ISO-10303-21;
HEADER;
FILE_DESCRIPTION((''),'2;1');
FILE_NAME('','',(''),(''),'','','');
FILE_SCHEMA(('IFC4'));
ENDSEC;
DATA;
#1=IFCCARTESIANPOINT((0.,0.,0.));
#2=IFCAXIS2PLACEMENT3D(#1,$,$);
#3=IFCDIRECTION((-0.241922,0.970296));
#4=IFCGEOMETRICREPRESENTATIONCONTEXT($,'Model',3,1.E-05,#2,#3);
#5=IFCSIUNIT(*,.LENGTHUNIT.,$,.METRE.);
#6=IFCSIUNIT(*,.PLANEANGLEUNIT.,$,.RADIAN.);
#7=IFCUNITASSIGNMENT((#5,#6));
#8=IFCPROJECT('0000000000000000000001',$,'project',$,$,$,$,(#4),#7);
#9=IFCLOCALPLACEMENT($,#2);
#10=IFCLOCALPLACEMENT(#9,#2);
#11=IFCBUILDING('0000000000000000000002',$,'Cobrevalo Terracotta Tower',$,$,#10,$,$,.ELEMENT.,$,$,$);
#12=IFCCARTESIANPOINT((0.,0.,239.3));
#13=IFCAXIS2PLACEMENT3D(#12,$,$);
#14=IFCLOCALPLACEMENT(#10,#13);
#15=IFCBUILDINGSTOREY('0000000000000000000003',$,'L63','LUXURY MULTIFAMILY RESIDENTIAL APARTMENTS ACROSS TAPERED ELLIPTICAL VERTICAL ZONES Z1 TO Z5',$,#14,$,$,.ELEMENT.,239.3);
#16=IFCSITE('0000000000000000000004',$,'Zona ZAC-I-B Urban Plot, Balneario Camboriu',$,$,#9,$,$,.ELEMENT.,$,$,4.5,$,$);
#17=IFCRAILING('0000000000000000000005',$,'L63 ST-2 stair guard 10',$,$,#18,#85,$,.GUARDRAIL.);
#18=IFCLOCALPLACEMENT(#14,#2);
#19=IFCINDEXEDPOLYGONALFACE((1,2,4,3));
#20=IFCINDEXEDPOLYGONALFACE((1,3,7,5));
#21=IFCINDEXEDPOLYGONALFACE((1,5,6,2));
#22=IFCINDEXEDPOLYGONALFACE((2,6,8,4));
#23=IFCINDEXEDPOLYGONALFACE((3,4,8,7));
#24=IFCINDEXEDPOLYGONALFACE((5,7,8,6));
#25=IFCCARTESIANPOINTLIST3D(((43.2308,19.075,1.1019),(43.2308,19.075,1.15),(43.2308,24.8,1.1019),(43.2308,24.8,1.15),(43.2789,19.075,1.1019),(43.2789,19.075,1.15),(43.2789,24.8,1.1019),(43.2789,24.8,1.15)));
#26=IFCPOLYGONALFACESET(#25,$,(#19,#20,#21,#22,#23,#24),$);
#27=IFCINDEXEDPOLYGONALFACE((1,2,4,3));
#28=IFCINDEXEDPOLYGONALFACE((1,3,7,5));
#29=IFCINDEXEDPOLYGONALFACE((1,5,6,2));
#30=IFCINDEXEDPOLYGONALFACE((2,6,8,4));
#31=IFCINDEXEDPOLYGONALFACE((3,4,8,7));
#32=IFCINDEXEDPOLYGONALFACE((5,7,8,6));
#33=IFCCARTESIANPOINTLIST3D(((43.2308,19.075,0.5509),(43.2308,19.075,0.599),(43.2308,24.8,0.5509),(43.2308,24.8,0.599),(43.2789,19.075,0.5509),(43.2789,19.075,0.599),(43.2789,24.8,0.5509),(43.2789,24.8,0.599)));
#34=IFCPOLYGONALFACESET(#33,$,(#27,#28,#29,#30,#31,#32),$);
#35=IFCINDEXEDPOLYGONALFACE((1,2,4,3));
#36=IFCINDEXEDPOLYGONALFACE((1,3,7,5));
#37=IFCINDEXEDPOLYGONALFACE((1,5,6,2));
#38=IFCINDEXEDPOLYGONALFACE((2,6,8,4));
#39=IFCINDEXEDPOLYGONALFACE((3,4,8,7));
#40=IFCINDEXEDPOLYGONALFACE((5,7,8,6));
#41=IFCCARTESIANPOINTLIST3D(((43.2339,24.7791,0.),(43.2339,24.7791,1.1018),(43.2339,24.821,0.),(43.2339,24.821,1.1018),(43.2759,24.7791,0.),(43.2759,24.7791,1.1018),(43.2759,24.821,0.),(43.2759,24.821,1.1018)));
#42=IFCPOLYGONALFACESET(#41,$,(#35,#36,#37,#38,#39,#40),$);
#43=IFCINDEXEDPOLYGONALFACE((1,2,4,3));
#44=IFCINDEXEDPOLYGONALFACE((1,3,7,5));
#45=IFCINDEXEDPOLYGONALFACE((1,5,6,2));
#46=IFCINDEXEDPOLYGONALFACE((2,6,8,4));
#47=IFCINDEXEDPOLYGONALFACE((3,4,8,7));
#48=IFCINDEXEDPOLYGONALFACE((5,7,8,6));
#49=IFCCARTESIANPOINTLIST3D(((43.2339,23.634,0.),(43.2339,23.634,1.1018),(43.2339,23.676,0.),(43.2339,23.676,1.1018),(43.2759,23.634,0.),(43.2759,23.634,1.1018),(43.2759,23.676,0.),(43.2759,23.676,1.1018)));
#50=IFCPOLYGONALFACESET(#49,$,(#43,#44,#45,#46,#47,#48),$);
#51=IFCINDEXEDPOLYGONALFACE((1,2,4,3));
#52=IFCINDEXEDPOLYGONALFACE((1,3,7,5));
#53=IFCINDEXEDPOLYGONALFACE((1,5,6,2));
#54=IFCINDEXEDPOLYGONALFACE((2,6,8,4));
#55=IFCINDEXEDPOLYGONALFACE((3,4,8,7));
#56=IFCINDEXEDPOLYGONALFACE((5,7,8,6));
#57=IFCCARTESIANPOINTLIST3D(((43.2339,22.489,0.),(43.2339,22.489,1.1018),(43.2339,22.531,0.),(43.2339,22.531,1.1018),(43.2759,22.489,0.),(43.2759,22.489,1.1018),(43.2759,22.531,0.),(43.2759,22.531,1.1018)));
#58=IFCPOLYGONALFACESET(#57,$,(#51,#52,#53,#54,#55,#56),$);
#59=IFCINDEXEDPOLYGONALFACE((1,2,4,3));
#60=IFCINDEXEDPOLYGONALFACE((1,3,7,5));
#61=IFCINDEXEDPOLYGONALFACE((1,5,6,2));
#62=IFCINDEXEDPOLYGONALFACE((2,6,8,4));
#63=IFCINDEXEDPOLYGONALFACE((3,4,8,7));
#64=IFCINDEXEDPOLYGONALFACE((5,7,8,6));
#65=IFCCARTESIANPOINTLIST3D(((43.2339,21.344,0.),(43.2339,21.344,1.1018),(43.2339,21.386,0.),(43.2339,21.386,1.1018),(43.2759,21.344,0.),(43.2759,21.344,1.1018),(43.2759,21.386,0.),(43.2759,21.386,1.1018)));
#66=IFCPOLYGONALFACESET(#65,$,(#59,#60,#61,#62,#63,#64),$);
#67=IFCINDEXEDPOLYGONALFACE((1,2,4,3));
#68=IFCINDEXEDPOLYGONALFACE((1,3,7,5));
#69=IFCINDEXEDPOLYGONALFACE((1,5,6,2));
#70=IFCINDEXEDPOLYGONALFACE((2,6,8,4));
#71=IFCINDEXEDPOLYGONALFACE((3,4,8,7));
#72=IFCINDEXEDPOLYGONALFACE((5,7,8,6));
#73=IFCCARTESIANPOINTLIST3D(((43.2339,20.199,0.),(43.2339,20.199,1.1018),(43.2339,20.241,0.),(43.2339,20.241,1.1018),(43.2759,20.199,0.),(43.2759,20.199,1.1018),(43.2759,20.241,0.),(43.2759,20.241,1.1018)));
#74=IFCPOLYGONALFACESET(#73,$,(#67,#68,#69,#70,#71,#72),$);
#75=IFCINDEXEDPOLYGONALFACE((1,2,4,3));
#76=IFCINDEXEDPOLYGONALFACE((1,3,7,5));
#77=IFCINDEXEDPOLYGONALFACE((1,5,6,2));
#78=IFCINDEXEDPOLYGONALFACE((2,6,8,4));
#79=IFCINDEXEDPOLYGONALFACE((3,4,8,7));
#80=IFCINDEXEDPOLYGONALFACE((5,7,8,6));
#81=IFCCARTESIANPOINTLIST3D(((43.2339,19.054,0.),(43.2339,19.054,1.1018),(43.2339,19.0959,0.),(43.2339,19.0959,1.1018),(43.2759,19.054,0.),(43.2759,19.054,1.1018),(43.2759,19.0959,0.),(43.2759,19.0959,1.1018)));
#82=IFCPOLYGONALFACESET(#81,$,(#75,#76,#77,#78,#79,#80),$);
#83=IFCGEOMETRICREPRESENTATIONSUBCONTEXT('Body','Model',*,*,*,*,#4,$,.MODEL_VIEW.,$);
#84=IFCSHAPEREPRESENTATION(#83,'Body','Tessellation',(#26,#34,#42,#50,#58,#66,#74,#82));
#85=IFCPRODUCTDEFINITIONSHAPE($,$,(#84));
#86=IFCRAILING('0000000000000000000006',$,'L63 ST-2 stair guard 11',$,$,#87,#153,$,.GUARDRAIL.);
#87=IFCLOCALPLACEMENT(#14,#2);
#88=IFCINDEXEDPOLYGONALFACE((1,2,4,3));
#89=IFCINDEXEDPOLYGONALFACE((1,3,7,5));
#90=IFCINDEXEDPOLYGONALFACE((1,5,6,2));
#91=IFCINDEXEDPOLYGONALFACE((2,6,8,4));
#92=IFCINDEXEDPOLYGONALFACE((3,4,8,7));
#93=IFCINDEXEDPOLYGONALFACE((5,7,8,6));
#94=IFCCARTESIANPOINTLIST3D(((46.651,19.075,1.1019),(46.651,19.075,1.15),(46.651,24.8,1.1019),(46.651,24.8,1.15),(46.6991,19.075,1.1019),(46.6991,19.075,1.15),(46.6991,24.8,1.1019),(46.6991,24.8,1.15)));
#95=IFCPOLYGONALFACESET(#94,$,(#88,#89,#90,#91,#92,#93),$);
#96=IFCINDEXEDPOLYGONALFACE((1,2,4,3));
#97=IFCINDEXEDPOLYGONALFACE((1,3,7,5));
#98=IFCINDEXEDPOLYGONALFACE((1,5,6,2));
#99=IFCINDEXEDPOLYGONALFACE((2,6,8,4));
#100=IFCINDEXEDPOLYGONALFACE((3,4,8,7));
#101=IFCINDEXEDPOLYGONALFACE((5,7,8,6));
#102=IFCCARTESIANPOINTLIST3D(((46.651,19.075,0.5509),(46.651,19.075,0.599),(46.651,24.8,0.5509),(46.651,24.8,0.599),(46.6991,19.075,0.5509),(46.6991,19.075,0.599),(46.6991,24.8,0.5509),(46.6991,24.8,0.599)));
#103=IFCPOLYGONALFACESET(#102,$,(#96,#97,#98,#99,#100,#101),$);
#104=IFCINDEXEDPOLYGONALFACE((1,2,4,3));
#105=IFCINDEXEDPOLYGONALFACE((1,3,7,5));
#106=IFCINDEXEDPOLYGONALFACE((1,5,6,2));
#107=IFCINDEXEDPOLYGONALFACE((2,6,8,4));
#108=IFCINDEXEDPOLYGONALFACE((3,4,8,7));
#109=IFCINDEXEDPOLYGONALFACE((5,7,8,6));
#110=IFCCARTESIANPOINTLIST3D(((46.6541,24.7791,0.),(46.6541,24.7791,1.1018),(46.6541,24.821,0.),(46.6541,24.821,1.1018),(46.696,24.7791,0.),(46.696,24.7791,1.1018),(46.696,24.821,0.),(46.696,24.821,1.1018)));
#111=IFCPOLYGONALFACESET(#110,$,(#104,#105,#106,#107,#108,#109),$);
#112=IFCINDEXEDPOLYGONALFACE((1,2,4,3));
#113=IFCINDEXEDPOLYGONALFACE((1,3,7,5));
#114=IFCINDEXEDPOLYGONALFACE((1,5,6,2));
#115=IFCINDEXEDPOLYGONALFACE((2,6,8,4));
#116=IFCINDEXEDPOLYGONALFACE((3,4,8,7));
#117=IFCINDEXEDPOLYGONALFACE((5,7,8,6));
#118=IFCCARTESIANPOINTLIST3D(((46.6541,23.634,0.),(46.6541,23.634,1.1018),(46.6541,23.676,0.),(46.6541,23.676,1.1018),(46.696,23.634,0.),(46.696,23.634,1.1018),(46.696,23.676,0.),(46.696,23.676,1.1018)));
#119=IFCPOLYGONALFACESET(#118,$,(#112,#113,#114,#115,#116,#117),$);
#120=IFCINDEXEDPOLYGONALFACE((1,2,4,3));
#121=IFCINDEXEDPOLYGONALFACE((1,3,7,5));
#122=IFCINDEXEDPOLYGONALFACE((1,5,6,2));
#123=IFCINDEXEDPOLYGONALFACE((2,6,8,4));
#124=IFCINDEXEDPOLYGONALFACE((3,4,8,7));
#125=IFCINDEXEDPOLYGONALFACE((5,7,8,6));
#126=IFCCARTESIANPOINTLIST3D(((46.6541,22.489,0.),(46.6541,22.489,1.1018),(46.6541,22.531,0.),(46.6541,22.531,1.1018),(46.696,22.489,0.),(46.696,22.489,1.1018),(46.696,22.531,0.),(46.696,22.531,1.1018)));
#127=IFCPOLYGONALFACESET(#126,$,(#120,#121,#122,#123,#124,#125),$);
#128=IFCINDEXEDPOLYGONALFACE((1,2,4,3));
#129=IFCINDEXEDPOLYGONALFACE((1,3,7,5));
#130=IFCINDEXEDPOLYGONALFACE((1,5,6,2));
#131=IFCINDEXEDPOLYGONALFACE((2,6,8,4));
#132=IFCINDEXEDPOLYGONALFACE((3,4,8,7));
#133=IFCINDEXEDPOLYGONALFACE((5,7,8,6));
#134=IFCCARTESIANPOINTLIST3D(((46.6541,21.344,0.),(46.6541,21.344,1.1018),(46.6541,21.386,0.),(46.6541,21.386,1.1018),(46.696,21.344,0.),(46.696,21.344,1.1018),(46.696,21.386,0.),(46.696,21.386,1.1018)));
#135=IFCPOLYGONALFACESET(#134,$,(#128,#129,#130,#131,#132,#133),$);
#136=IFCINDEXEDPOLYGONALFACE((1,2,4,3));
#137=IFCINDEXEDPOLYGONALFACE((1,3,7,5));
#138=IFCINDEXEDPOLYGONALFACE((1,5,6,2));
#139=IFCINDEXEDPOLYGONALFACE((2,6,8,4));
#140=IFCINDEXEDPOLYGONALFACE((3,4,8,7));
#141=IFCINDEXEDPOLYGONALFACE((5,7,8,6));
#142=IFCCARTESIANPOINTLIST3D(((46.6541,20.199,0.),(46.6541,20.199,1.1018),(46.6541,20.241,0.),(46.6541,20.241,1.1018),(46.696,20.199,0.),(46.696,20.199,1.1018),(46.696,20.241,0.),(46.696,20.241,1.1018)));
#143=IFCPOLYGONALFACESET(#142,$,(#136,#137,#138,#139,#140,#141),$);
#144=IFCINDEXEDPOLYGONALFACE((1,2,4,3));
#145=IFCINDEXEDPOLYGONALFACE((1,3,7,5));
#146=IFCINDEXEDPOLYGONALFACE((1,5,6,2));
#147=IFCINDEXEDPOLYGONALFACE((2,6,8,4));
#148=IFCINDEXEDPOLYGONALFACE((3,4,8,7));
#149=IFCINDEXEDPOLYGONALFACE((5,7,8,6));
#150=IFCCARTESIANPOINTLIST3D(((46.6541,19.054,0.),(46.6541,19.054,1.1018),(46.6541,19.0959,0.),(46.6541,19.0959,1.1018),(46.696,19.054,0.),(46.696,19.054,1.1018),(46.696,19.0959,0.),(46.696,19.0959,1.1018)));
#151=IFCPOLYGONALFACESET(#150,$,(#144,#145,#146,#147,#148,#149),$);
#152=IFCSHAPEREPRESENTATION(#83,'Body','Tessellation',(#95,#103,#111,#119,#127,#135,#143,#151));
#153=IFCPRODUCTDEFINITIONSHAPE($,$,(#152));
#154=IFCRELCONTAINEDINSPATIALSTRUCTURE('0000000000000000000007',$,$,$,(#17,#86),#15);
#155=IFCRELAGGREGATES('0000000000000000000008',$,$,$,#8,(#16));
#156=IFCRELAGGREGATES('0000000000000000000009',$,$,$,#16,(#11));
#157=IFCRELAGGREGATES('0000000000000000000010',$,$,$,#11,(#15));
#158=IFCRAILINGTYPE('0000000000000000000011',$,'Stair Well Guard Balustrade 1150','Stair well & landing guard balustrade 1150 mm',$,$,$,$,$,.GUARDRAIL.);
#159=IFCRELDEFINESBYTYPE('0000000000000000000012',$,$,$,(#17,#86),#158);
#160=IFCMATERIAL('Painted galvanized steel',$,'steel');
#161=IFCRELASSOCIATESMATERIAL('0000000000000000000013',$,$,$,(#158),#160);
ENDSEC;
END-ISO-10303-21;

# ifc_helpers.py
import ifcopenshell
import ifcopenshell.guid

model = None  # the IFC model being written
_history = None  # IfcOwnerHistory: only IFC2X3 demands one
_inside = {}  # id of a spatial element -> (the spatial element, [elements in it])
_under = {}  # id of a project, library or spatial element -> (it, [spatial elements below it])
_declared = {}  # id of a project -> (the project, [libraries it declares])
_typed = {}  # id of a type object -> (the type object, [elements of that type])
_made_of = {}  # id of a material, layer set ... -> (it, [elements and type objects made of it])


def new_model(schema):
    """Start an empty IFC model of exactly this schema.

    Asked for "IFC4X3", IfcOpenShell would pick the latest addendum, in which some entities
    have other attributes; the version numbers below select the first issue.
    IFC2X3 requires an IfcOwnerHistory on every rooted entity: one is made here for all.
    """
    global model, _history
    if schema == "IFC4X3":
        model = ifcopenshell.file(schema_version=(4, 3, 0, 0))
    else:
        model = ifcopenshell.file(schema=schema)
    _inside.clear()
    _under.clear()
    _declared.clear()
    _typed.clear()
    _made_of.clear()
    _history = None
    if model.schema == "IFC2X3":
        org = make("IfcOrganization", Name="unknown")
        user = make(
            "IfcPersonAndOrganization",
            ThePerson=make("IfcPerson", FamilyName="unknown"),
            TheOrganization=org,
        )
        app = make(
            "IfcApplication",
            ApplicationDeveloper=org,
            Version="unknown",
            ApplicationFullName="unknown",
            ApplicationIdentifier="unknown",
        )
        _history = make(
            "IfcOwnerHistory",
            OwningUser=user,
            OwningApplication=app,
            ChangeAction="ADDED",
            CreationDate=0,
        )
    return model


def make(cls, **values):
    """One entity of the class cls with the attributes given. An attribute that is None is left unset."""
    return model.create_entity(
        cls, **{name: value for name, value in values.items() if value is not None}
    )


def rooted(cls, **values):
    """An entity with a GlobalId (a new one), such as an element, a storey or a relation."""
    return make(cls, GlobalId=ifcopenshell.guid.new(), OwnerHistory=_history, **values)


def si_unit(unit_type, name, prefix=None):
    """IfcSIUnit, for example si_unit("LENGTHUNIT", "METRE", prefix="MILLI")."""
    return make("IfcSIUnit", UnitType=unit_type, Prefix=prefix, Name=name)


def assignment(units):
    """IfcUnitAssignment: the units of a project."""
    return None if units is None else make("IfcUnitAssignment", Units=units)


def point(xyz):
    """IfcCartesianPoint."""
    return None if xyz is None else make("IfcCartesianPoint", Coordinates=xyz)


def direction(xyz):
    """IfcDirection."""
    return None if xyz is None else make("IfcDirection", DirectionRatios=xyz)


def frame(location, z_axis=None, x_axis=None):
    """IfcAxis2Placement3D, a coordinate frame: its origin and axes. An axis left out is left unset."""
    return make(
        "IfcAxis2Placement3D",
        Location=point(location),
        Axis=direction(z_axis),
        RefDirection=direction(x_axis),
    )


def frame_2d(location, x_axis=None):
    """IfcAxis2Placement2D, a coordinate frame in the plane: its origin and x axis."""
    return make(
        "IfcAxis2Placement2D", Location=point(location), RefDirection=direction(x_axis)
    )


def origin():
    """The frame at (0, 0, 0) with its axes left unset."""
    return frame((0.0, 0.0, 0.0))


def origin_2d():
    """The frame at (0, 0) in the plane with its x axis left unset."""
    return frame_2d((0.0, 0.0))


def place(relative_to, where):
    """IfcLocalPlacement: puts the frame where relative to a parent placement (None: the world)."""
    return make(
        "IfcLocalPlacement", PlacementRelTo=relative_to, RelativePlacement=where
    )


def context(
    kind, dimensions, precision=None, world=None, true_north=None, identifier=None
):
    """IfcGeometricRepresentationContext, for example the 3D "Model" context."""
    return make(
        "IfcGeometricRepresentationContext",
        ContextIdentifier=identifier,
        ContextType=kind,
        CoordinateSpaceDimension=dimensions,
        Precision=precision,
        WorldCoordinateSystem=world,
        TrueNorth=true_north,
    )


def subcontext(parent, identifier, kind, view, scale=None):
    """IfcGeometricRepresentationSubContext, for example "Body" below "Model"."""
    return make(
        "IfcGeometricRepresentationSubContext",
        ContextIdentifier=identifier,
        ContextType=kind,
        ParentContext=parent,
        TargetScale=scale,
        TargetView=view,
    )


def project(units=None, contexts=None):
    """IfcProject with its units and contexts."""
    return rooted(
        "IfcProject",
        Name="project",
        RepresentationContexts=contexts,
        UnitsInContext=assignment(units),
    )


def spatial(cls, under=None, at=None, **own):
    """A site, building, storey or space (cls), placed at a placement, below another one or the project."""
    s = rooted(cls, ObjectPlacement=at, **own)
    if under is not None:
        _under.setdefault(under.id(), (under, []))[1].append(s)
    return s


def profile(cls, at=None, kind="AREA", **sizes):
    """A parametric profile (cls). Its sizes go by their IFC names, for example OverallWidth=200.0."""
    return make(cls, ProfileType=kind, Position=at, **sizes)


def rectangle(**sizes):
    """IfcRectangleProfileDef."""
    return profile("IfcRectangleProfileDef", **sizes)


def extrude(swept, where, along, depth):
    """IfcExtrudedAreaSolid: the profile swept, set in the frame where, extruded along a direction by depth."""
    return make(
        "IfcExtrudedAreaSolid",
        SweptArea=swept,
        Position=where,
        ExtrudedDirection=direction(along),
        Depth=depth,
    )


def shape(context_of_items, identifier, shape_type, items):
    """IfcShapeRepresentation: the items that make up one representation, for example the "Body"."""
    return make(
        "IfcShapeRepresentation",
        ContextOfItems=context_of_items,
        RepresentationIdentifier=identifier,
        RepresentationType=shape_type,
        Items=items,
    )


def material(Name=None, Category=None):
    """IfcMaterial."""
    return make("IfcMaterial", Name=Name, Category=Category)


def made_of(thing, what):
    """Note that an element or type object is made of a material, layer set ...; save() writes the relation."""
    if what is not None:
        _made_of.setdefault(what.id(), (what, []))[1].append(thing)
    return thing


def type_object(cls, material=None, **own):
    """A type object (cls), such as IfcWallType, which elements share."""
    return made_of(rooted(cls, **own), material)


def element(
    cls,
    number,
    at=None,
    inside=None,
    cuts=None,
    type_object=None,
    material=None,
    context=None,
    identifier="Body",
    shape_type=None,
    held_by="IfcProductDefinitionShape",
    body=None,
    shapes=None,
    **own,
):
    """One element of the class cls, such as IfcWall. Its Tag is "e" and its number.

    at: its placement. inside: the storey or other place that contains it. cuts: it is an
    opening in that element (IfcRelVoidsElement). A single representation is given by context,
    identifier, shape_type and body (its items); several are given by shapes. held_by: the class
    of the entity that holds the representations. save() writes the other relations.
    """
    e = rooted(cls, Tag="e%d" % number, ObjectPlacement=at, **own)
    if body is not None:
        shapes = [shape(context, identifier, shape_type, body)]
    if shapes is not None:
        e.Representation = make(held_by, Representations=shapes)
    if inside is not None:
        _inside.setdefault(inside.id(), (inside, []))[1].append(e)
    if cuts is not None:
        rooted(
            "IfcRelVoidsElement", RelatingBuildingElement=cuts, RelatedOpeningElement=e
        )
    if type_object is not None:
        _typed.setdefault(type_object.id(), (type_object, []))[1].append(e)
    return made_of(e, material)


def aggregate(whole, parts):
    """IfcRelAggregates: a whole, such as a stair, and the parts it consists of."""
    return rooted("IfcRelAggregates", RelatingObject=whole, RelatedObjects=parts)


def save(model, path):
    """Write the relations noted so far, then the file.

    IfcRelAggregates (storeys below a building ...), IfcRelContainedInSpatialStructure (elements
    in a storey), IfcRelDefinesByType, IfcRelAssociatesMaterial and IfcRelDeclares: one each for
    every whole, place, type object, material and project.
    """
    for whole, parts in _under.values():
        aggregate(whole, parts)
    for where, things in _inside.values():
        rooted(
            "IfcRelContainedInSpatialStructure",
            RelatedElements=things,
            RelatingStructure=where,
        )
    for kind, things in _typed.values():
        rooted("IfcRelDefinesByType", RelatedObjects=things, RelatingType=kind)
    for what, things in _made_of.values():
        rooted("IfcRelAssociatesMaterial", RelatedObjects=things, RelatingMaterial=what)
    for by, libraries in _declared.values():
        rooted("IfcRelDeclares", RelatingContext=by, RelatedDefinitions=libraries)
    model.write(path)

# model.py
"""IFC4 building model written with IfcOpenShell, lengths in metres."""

from ifc_helpers import new_model, si_unit, direction, frame, origin, origin_2d, place, context, subcontext, project, spatial, rectangle, extrude, material, type_object, element, save


model = new_model("IFC4")

# Units and contexts
model_context = context("Model", 3, precision=1e-05, world=origin(), true_north=direction((-0.241922, 0.970296)))
body_context = subcontext(model_context, "Body", "Model", "MODEL_VIEW")
ifc_project = project(units=[si_unit("LENGTHUNIT", "METRE"), si_unit("PLANEANGLEUNIT", "RADIAN")], contexts=[model_context])

# Site, building, storey
site_placement = place(None, origin())
site = spatial("IfcSite", under=ifc_project, at=site_placement, Name="Zona ZAC-I-B Urban Plot, Balneario Camboriu", CompositionType="ELEMENT", RefElevation=4.5)
building_placement = place(site_placement, origin())
building = spatial("IfcBuilding", under=site, at=building_placement, Name="Cobrevalo Terracotta Tower", CompositionType="ELEMENT")
storey_placement = place(building_placement, frame((0.0, 0.0, 239.3)))
storey = spatial("IfcBuildingStorey", under=building, at=storey_placement, Name="L63", Description="LUXURY MULTIFAMILY RESIDENTIAL APARTMENTS ACROSS TAPERED ELLIPTICAL VERTICAL ZONES Z1 TO Z5", CompositionType="ELEMENT", Elevation=239.3)

# Railings
ifc_material_1 = material(Name="Painted galvanized steel", Category="steel")
railing_type = type_object("IfcRailingType", Name="Stair Well Guard Balustrade 1150", Description="Stair well & landing guard balustrade 1150 mm", PredefinedType="GUARDRAIL", material=ifc_material_1)
for number, where, name in (
    (1, (43.2549, 24.8, 0.0), "L63 ST-2 stair guard 10"),
    (2, (46.675, 24.8, 0.0), "L63 ST-2 stair guard 11"),
):
    element("IfcRailing", number, at=place(storey_placement, frame(where)), inside=storey, type_object=railing_type, Name=name, PredefinedType="GUARDRAIL", context=body_context, shape_type="SweptSolid", body=[
        extrude(rectangle(XDim=0.0481, YDim=0.0481, at=origin_2d()), frame((0.0, 0.0, 1.126), z_axis=(0.0, -1.0, 0.0), x_axis=(1.0, 0.0, 0.0)), (0.0, 0.0, 1.0), 5.7251),
        extrude(rectangle(XDim=0.0481, YDim=0.0481, at=origin_2d()), frame((0.0, 0.0, 0.575), z_axis=(0.0, -1.0, 0.0), x_axis=(1.0, 0.0, 0.0)), (0.0, 0.0, 1.0), 5.7251),
        extrude(rectangle(XDim=0.042, YDim=0.042, at=origin_2d()), origin(), (0.0, 0.0, 1.0), 1.1018),
        extrude(rectangle(XDim=0.042, YDim=0.042, at=origin_2d()), frame((0.0, -1.145, 0.0)), (0.0, 0.0, 1.0), 1.1018),
        extrude(rectangle(XDim=0.042, YDim=0.042, at=origin_2d()), frame((0.0, -2.29, 0.0)), (0.0, 0.0, 1.0), 1.1018),
        extrude(rectangle(XDim=0.042, YDim=0.042, at=origin_2d()), frame((0.0, -3.4351, 0.0)), (0.0, 0.0, 1.0), 1.1018),
        extrude(rectangle(XDim=0.042, YDim=0.042, at=origin_2d()), frame((0.0, -4.5801, 0.0)), (0.0, 0.0, 1.0), 1.1018),
        extrude(rectangle(XDim=0.042, YDim=0.042, at=origin_2d()), frame((0.0, -5.7251, 0.0)), (0.0, 0.0, 1.0), 1.1018),
    ])

save(model, "model.ifc")
